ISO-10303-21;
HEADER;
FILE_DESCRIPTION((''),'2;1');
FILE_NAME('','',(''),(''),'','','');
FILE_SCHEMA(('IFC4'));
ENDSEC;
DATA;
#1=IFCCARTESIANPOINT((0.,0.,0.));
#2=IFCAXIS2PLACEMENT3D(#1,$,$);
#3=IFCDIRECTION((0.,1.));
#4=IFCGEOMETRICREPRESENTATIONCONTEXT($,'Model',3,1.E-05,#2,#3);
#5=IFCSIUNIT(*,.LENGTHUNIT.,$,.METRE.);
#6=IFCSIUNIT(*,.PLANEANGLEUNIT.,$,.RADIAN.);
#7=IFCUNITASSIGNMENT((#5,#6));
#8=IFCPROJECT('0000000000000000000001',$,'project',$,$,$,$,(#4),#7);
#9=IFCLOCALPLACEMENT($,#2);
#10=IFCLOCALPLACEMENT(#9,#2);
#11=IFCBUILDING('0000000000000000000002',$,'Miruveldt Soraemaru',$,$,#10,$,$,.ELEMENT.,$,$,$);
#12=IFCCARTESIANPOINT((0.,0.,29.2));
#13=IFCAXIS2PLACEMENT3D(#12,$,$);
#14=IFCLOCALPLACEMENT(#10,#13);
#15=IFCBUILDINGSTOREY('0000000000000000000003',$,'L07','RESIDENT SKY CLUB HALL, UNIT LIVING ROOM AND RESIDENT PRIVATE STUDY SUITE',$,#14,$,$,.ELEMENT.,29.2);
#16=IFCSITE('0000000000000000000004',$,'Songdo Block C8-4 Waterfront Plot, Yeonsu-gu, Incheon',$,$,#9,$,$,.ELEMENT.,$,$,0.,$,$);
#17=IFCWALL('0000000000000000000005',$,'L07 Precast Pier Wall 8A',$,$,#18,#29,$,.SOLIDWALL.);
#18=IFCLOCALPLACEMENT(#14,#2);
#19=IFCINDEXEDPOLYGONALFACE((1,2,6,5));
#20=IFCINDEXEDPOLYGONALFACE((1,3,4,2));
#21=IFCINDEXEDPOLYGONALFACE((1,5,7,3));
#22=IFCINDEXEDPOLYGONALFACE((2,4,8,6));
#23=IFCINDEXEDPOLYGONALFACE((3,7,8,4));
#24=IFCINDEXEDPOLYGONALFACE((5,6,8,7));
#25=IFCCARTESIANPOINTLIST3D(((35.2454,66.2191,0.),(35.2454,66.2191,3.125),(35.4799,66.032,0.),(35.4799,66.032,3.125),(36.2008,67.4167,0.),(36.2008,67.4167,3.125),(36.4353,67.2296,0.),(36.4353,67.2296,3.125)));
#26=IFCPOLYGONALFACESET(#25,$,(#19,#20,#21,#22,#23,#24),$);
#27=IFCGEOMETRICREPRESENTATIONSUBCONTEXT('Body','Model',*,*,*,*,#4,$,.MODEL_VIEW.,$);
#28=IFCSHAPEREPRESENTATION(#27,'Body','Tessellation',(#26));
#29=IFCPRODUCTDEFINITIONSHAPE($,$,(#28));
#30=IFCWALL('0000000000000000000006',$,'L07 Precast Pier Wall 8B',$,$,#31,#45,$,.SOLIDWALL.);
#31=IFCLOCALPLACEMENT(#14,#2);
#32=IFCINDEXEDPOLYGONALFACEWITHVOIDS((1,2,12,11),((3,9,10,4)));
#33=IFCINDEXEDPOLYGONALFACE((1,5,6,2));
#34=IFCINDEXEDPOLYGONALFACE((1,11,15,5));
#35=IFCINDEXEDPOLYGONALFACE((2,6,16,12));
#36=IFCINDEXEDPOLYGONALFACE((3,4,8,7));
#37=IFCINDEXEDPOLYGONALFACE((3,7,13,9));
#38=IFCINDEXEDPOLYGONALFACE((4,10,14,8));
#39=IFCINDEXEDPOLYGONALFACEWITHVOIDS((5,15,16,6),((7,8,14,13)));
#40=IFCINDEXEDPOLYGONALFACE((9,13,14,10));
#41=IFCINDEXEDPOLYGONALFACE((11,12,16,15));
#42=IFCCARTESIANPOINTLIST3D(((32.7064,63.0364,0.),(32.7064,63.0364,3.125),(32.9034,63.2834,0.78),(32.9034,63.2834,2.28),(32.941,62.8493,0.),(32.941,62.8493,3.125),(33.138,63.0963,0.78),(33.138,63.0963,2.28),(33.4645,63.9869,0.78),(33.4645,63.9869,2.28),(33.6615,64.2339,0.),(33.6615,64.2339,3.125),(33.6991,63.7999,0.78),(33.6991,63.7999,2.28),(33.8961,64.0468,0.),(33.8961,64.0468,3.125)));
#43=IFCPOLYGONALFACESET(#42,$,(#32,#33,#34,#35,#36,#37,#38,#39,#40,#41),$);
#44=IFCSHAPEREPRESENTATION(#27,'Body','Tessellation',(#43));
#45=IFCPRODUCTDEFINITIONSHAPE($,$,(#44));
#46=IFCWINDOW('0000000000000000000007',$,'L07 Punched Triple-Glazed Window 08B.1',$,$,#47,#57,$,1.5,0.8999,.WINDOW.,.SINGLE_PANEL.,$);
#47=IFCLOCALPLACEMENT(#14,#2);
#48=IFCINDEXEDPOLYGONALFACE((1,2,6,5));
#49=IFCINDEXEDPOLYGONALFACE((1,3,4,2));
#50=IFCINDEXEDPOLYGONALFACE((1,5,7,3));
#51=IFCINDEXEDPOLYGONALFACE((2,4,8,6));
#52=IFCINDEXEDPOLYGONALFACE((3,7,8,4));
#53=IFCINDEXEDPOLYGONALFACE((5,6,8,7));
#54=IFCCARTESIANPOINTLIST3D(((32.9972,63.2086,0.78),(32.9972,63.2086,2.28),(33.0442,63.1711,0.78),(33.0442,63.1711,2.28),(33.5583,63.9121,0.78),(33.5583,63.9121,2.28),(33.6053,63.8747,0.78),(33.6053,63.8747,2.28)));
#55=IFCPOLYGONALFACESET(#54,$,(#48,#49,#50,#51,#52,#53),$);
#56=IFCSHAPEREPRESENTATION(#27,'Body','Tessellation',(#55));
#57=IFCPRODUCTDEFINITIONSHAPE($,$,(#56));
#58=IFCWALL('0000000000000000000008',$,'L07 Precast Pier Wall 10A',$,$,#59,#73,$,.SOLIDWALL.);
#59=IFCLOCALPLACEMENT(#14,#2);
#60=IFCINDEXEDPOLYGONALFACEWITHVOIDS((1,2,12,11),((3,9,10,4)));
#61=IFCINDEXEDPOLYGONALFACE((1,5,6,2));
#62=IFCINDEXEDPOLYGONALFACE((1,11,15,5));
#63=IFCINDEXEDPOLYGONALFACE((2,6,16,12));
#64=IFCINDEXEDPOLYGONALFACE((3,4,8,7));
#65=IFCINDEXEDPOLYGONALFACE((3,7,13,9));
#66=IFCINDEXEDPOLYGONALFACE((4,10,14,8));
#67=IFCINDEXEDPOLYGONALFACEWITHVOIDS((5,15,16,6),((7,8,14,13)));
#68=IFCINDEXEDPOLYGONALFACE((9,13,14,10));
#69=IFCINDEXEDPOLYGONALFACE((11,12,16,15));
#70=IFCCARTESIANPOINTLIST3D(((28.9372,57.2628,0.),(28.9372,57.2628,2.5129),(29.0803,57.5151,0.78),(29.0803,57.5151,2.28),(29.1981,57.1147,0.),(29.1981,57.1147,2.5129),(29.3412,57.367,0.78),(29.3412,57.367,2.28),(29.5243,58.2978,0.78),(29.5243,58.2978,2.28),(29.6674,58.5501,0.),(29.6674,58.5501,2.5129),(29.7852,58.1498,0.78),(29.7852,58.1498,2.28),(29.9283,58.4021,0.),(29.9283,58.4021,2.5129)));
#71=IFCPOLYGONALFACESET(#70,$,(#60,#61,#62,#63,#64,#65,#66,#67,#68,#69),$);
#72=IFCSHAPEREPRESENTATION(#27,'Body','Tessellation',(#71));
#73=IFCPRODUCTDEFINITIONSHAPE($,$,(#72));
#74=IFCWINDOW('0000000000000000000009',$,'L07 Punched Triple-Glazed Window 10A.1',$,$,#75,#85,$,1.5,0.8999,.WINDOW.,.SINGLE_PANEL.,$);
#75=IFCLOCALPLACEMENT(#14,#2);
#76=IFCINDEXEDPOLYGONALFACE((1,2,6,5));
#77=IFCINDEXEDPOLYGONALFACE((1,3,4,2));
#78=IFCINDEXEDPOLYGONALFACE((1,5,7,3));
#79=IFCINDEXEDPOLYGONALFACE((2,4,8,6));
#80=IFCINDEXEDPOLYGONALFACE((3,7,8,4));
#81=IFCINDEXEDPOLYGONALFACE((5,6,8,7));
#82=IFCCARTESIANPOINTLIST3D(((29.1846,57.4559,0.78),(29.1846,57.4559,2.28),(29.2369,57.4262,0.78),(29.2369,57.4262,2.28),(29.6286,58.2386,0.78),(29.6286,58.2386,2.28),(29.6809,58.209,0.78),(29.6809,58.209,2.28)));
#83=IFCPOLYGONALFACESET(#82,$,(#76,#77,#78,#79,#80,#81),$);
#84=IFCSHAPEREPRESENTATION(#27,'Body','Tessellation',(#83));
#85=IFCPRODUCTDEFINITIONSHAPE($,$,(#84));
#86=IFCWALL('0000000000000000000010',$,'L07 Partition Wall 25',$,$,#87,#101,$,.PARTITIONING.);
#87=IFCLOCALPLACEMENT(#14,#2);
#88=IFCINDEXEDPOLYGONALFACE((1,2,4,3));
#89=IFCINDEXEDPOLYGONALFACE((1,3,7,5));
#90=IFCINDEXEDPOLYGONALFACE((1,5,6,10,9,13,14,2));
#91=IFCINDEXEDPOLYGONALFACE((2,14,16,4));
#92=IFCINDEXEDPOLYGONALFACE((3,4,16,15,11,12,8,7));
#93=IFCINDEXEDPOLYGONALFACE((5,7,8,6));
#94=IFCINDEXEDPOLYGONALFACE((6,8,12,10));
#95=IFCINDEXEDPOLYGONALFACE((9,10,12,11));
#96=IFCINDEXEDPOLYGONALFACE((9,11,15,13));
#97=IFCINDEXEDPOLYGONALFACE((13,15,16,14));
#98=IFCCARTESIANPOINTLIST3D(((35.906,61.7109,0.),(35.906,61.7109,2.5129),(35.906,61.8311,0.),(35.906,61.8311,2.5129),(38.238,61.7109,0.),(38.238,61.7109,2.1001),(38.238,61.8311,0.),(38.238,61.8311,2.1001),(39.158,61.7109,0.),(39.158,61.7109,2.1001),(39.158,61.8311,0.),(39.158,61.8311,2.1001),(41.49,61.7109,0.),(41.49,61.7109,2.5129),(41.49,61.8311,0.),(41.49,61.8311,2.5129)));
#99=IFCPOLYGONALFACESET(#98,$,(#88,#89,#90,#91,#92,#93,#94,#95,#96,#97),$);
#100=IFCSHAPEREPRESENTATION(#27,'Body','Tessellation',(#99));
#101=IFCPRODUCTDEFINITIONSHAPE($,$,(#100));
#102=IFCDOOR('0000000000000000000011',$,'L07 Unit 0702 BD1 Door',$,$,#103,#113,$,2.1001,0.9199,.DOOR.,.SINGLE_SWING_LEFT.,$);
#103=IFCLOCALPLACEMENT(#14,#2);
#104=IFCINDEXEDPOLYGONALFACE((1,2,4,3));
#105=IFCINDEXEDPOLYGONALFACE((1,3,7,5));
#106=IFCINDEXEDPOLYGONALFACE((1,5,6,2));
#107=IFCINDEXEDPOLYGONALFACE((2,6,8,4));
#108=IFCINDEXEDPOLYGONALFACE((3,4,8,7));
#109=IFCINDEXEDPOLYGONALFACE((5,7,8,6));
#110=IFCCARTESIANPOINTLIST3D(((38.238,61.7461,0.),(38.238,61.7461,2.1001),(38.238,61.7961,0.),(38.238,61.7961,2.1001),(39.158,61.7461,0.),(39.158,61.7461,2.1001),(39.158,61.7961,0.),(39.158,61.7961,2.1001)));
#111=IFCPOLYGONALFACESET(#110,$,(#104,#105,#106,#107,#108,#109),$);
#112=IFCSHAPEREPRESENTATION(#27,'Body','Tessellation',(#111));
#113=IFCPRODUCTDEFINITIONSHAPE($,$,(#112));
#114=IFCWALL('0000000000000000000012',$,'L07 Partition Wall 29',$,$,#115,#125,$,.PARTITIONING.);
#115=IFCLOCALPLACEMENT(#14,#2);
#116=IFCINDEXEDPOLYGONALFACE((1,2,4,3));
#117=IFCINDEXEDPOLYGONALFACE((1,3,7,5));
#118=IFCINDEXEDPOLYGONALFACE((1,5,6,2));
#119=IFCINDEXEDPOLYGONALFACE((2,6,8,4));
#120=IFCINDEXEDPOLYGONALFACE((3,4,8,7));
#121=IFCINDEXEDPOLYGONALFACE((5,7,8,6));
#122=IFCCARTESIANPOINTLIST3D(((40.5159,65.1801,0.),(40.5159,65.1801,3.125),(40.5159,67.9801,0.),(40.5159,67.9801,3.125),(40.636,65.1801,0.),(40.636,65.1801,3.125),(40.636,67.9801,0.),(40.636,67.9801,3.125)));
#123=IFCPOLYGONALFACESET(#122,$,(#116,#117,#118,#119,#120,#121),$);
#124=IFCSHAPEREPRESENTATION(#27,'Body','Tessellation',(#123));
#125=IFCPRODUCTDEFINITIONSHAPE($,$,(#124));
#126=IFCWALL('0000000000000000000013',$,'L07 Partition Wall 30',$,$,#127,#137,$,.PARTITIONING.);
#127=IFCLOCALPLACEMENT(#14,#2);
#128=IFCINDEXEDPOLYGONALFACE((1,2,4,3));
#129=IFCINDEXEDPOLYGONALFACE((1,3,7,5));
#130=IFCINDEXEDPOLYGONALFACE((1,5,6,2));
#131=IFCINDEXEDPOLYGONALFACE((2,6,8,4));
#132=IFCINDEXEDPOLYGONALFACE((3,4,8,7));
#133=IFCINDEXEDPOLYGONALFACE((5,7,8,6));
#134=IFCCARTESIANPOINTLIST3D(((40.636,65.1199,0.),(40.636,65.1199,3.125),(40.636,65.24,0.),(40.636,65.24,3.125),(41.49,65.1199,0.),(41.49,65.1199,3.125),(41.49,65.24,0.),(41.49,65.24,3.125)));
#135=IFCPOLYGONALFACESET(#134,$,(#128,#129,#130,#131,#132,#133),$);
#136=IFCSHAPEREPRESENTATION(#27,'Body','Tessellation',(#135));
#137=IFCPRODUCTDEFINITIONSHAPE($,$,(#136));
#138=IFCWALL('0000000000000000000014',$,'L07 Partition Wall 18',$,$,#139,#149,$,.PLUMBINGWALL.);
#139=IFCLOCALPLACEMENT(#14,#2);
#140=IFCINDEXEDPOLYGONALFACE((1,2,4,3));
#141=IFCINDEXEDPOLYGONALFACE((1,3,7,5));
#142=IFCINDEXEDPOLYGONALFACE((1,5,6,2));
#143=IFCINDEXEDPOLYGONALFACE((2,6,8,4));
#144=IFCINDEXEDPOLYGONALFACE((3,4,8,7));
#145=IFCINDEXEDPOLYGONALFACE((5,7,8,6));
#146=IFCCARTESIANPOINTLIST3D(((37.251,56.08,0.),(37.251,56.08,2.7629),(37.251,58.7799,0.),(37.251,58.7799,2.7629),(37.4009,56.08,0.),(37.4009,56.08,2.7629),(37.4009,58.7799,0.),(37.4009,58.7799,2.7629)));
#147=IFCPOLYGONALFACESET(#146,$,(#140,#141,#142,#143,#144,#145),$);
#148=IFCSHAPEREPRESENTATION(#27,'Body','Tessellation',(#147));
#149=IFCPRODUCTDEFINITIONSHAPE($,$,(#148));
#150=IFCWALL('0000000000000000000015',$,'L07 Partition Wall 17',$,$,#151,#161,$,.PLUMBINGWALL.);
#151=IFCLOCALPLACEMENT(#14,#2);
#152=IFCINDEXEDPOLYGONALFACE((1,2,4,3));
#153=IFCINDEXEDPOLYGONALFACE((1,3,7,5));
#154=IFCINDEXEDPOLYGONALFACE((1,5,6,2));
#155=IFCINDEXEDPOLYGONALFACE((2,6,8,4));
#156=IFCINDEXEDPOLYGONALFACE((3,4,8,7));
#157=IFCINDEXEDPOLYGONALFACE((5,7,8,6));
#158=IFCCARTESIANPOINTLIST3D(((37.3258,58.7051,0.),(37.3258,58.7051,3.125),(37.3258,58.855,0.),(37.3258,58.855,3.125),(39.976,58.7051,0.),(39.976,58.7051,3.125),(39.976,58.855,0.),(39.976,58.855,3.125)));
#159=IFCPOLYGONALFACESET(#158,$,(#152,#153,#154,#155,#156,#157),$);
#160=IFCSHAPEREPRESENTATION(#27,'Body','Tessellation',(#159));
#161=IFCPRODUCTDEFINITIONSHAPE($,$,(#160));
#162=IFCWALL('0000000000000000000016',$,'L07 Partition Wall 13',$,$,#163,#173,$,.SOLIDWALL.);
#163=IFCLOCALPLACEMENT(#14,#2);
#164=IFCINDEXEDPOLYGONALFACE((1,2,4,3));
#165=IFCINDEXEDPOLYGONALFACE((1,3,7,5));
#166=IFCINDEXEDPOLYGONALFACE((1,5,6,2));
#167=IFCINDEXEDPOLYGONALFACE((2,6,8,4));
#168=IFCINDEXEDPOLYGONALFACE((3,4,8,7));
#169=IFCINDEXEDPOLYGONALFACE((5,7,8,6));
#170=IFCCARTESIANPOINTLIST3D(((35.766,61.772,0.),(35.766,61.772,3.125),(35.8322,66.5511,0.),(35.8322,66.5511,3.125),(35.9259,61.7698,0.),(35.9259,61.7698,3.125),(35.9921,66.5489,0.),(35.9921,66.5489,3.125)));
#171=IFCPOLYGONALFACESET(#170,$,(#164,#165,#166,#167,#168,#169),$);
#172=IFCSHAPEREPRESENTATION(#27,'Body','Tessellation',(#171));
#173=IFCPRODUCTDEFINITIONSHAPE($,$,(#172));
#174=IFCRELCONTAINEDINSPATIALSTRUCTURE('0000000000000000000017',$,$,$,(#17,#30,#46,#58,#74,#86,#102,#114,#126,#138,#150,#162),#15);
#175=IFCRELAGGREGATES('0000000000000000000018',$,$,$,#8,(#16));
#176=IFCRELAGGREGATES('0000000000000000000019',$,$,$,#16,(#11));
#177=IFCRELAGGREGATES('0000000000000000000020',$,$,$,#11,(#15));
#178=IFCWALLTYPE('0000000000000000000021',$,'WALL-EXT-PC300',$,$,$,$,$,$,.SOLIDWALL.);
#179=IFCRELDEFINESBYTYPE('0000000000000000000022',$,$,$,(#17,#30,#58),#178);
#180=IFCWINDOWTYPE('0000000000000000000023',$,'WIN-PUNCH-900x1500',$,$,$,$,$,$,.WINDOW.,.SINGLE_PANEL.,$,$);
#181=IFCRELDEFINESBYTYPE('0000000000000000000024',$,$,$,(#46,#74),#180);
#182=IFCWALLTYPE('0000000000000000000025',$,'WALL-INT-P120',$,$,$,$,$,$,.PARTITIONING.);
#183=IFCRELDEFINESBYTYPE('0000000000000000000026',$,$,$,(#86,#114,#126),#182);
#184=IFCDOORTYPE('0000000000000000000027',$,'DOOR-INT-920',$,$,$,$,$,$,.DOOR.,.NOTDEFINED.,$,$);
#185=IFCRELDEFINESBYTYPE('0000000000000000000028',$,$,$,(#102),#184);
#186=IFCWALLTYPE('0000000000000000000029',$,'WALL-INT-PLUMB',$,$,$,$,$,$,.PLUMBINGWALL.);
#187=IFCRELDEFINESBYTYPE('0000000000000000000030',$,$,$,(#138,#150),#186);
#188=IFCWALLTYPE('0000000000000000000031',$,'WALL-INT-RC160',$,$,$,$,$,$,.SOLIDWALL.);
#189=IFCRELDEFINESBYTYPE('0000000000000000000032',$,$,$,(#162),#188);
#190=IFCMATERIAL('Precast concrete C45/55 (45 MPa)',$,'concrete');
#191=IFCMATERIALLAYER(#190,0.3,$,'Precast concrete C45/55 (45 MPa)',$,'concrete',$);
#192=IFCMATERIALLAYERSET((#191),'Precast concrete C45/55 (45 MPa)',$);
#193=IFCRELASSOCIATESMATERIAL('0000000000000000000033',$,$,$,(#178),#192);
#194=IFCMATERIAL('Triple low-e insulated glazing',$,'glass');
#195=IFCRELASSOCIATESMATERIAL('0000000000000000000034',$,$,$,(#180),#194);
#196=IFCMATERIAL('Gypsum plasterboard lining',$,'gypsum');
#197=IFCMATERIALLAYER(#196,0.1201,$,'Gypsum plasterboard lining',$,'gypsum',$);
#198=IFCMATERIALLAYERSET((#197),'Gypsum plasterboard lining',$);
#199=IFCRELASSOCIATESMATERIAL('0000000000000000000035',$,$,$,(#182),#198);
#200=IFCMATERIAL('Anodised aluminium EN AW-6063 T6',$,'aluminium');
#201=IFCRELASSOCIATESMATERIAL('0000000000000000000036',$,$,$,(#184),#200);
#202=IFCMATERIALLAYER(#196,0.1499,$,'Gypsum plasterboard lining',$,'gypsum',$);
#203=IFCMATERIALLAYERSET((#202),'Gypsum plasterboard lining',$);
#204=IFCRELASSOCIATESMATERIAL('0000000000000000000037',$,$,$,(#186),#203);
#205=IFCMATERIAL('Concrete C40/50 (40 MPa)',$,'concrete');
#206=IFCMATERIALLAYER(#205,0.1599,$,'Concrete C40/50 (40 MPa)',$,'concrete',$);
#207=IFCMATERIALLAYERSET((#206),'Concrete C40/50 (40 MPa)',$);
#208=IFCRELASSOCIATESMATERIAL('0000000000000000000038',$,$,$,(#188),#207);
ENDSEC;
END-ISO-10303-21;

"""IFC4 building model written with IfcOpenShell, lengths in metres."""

from ifc_helpers import new_model, si_unit, direction, frame, frame_2d, origin, place, context, subcontext, project, spatial, rectangle, extrude, material, layer, layer_set, type_object, element, fill, save


model = new_model("IFC4")

# Units and contexts
model_context = context("Model", 3, precision=1e-05, world=origin(), true_north=direction((0.0, 1.0)))
body_context = subcontext(model_context, "Body", "Model", "MODEL_VIEW")
ifc_project = project(units=[si_unit("LENGTHUNIT", "METRE"), si_unit("PLANEANGLEUNIT", "RADIAN")], contexts=[model_context])

# Site, building, storey
site_placement = place(None, origin())
site = spatial("IfcSite", under=ifc_project, at=site_placement, Name="Songdo Block C8-4 Waterfront Plot, Yeonsu-gu, Incheon", CompositionType="ELEMENT", RefElevation=0.0)
building_placement = place(site_placement, origin())
building = spatial("IfcBuilding", under=site, at=building_placement, Name="Miruveldt Soraemaru", CompositionType="ELEMENT")
storey_placement = place(building_placement, frame((0.0, 0.0, 29.2)))
storey = spatial("IfcBuildingStorey", under=building, at=storey_placement, Name="L07", Description="RESIDENT SKY CLUB HALL, UNIT LIVING ROOM AND RESIDENT PRIVATE STUDY SUITE", CompositionType="ELEMENT", Elevation=29.2)

# Shared definitions
ifc_material_1 = material(Name="Anodised aluminium EN AW-6063 T6", Category="aluminium")

# Shared definitions
ifc_material_2 = material(Name="Triple low-e insulated glazing", Category="glass")
ifc_material_3 = material(Name="Precast concrete C45/55 (45 MPa)", Category="concrete")
ifc_layer_1 = layer(ifc_material_3, 0.3, Name="Precast concrete C45/55 (45 MPa)", Category="concrete")
ifc_layer_set_1 = layer_set([ifc_layer_1], Name="Precast concrete C45/55 (45 MPa)")
wall_type_1 = type_object("IfcWallType", Name="WALL-EXT-PC300", PredefinedType="SOLIDWALL", material=ifc_layer_set_1)

# Wall
wall_1_placement = place(storey_placement, frame((36.3181, 67.3232, 0.0), z_axis=(0.0, 0.0, 1.0), x_axis=(-0.623625, -0.781723, 0.0)))
element("IfcWall", 1, at=wall_1_placement, inside=storey, type_object=wall_type_1, Name="L07 Precast Pier Wall 8A", PredefinedType="SOLIDWALL", context=body_context, shape_type="SweptSolid", body=[
    extrude(rectangle(XDim=1.532, YDim=0.3, at=frame_2d((0.7661, 0.0))), origin(), (0.0, 0.0, 1.0), 3.125),
])

# Wall, opening, window
wall_2_placement = place(storey_placement, frame((33.7788, 64.1404, 0.0), z_axis=(0.0, 0.0, 1.0), x_axis=(-0.623528, -0.781801, 0.0)))
wall_2 = element("IfcWall", 2, at=wall_2_placement, inside=storey, type_object=wall_type_1, Name="L07 Precast Pier Wall 8B", PredefinedType="SOLIDWALL", context=body_context, shape_type="SweptSolid", body=[
    extrude(rectangle(XDim=1.5317, YDim=0.3, at=frame_2d((0.7659, 0.0))), origin(), (0.0, 0.0, 1.0), 3.125),
])
opening_1_placement = place(wall_2_placement, frame((0.3159, 0.0, 0.78)))
opening_1 = element("IfcOpeningElement", 3, at=opening_1_placement, cuts=wall_2, PredefinedType="OPENING", context=body_context, shape_type="SweptSolid", body=[
    extrude(rectangle(XDim=0.8999, YDim=1.5, at=frame_2d((0.45, 0.75))), frame((0.0, 0.1602, 0.0), z_axis=(0.0, -1.0, 0.0), x_axis=(1.0, 0.0, 0.0)), (0.0, 0.0, 1.0), 0.3201),
])
window_type_1 = type_object("IfcWindowType", Name="WIN-PUNCH-900x1500", PartitioningType="SINGLE_PANEL", PredefinedType="WINDOW", material=ifc_material_2)
window_1_placement = place(opening_1_placement, origin())
window_1 = element("IfcWindow", 4, at=window_1_placement, inside=storey, type_object=window_type_1, Name="L07 Punched Triple-Glazed Window 08B.1", OverallHeight=1.5, OverallWidth=0.8999, PartitioningType="SINGLE_PANEL", PredefinedType="WINDOW", context=body_context, shape_type="SweptSolid", body=[
    extrude(rectangle(XDim=0.8999, YDim=1.5, at=frame_2d((0.45, 0.75))), frame((0.0, 0.03, 0.0), z_axis=(0.0, -1.0, 0.0), x_axis=(1.0, 0.0, 0.0)), (0.0, 0.0, 1.0), 0.0601),
])
fill(opening_1, window_1)

# Wall, opening, window
wall_3_placement = place(storey_placement, frame((29.7979, 58.4761, 0.0), z_axis=(0.0, 0.0, 1.0), x_axis=(-0.493383, -0.869812, 0.0)))
wall_3 = element("IfcWall", 5, at=wall_3_placement, inside=storey, type_object=wall_type_1, Name="L07 Precast Pier Wall 10A", PredefinedType="SOLIDWALL", context=body_context, shape_type="SweptSolid", body=[
    extrude(rectangle(XDim=1.48, YDim=0.3, at=frame_2d((0.74, 0.0))), origin(), (0.0, 0.0, 1.0), 2.5129),
])
opening_2_placement = place(wall_3_placement, frame((0.29, 0.0, 0.78)))
opening_2 = element("IfcOpeningElement", 6, at=opening_2_placement, cuts=wall_3, PredefinedType="OPENING", context=body_context, shape_type="SweptSolid", body=[
    extrude(rectangle(XDim=0.8999, YDim=1.5, at=frame_2d((0.45, 0.75))), frame((0.0, 0.1602, 0.0), z_axis=(0.0, -1.0, 0.0), x_axis=(1.0, 0.0, 0.0)), (0.0, 0.0, 1.0), 0.3201),
])
window_2_placement = place(opening_2_placement, origin())
window_2 = element("IfcWindow", 7, at=window_2_placement, inside=storey, type_object=window_type_1, Name="L07 Punched Triple-Glazed Window 10A.1", OverallHeight=1.5, OverallWidth=0.8999, PartitioningType="SINGLE_PANEL", PredefinedType="WINDOW", context=body_context, shape_type="SweptSolid", body=[
    extrude(rectangle(XDim=0.8999, YDim=1.5, at=frame_2d((0.45, 0.75))), frame((0.0, 0.03, 0.0), z_axis=(0.0, -1.0, 0.0), x_axis=(1.0, 0.0, 0.0)), (0.0, 0.0, 1.0), 0.0601),
])
fill(opening_2, window_2)

# Wall, opening, door
ifc_material_4 = material(Name="Gypsum plasterboard lining", Category="gypsum")
ifc_layer_2 = layer(ifc_material_4, 0.1201, Name="Gypsum plasterboard lining", Category="gypsum")
ifc_layer_set_2 = layer_set([ifc_layer_2], Name="Gypsum plasterboard lining")
wall_type_2 = type_object("IfcWallType", Name="WALL-INT-P120", PredefinedType="PARTITIONING", material=ifc_layer_set_2)
wall_4_placement = place(storey_placement, frame((41.49, 61.771, 0.0), z_axis=(0.0, 0.0, 1.0), x_axis=(-1.0, 0.0, 0.0)))
wall_4 = element("IfcWall", 8, at=wall_4_placement, inside=storey, type_object=wall_type_2, Name="L07 Partition Wall 25", PredefinedType="PARTITIONING", context=body_context, shape_type="SweptSolid", body=[
    extrude(rectangle(XDim=5.584, YDim=0.1201, at=frame_2d((2.792, 0.0))), origin(), (0.0, 0.0, 1.0), 2.5129),
])
opening_3_placement = place(wall_4_placement, frame((2.332, 0.0, 0.0)))
opening_3 = element("IfcOpeningElement", 9, at=opening_3_placement, cuts=wall_4, PredefinedType="OPENING", context=body_context, shape_type="SweptSolid", body=[
    extrude(rectangle(XDim=0.9199, YDim=2.1001, at=frame_2d((0.46, 1.05))), frame((0.0, 0.0701, 0.0), z_axis=(0.0, -1.0, 0.0), x_axis=(1.0, 0.0, 0.0)), (0.0, 0.0, 1.0), 0.1401),
])
door_type_1 = type_object("IfcDoorType", Name="DOOR-INT-920", OperationType="NOTDEFINED", PredefinedType="DOOR", material=ifc_material_1)
door_1_placement = place(opening_3_placement, origin())
door_1 = element("IfcDoor", 10, at=door_1_placement, inside=storey, type_object=door_type_1, Name="L07 Unit 0702 BD1 Door", OperationType="SINGLE_SWING_LEFT", OverallHeight=2.1001, OverallWidth=0.9199, PredefinedType="DOOR", context=body_context, shape_type="SweptSolid", body=[
    extrude(rectangle(XDim=0.9199, YDim=2.1001, at=frame_2d((0.46, 1.05))), frame((0.0, 0.0249, 0.0), z_axis=(0.0, -1.0, 0.0), x_axis=(1.0, 0.0, 0.0)), (0.0, 0.0, 1.0), 0.05),
])
fill(opening_3, door_1)

# Walls
wall_5_placement = place(storey_placement, frame((40.5759, 67.98, 0.0), z_axis=(0.0, 0.0, 1.0), x_axis=(0.0, -1.0, 0.0)))
element("IfcWall", 11, at=wall_5_placement, inside=storey, type_object=wall_type_2, Name="L07 Partition Wall 29", PredefinedType="PARTITIONING", context=body_context, shape_type="SweptSolid", body=[
    extrude(rectangle(XDim=2.8, YDim=0.1201, at=frame_2d((1.3999, 0.0))), origin(), (0.0, 0.0, 1.0), 3.125),
])
wall_6_placement = place(storey_placement, frame((40.636, 65.1799, 0.0), z_axis=(0.0, 0.0, 1.0), x_axis=(1.0, 0.0, 0.0)))
element("IfcWall", 12, at=wall_6_placement, inside=storey, type_object=wall_type_2, Name="L07 Partition Wall 30", PredefinedType="PARTITIONING", context=body_context, shape_type="SweptSolid", body=[
    extrude(rectangle(XDim=0.854, YDim=0.1201, at=frame_2d((0.427, 0.0))), origin(), (0.0, 0.0, 1.0), 3.125),
])
ifc_layer_3 = layer(ifc_material_4, 0.1499, Name="Gypsum plasterboard lining", Category="gypsum")
ifc_layer_set_3 = layer_set([ifc_layer_3], Name="Gypsum plasterboard lining")
wall_type_3 = type_object("IfcWallType", Name="WALL-INT-PLUMB", PredefinedType="PLUMBINGWALL", material=ifc_layer_set_3)
wall_7_placement = place(storey_placement, frame((37.3259, 58.78, 0.0), z_axis=(0.0, 0.0, 1.0), x_axis=(0.0, -1.0, 0.0)))
element("IfcWall", 13, at=wall_7_placement, inside=storey, type_object=wall_type_3, Name="L07 Partition Wall 18", PredefinedType="PLUMBINGWALL", context=body_context, shape_type="SweptSolid", body=[
    extrude(rectangle(XDim=2.7, YDim=0.1499, at=frame_2d((1.3501, 0.0))), origin(), (0.0, 0.0, 1.0), 2.7629),
])
wall_8_placement = place(storey_placement, frame((39.9761, 58.78, 0.0), z_axis=(0.0, 0.0, 1.0), x_axis=(-1.0, 0.0, 0.0)))
element("IfcWall", 14, at=wall_8_placement, inside=storey, type_object=wall_type_3, Name="L07 Partition Wall 17", PredefinedType="PLUMBINGWALL", context=body_context, shape_type="SweptSolid", body=[
    extrude(rectangle(XDim=2.6501, YDim=0.1499, at=frame_2d((1.3252, 0.0))), origin(), (0.0, 0.0, 1.0), 3.125),
])
ifc_material_5 = material(Name="Concrete C40/50 (40 MPa)", Category="concrete")
ifc_layer_4 = layer(ifc_material_5, 0.1599, Name="Concrete C40/50 (40 MPa)", Category="concrete")
ifc_layer_set_4 = layer_set([ifc_layer_4], Name="Concrete C40/50 (40 MPa)")
wall_type_4 = type_object("IfcWallType", Name="WALL-INT-RC160", PredefinedType="SOLIDWALL", material=ifc_layer_set_4)
wall_9_placement = place(storey_placement, frame((35.8459, 61.771, 0.0), z_axis=(0.0, 0.0, 1.0), x_axis=(0.013843, 0.999904, 0.0)))
element("IfcWall", 15, at=wall_9_placement, inside=storey, type_object=wall_type_4, Name="L07 Partition Wall 13", PredefinedType="SOLIDWALL", context=body_context, shape_type="SweptSolid", body=[
    extrude(rectangle(XDim=4.7795, YDim=0.1599, at=frame_2d((2.3896, 0.0))), origin(), (0.0, 0.0, 1.0), 3.125),
])

save(model, "model.ifc")
